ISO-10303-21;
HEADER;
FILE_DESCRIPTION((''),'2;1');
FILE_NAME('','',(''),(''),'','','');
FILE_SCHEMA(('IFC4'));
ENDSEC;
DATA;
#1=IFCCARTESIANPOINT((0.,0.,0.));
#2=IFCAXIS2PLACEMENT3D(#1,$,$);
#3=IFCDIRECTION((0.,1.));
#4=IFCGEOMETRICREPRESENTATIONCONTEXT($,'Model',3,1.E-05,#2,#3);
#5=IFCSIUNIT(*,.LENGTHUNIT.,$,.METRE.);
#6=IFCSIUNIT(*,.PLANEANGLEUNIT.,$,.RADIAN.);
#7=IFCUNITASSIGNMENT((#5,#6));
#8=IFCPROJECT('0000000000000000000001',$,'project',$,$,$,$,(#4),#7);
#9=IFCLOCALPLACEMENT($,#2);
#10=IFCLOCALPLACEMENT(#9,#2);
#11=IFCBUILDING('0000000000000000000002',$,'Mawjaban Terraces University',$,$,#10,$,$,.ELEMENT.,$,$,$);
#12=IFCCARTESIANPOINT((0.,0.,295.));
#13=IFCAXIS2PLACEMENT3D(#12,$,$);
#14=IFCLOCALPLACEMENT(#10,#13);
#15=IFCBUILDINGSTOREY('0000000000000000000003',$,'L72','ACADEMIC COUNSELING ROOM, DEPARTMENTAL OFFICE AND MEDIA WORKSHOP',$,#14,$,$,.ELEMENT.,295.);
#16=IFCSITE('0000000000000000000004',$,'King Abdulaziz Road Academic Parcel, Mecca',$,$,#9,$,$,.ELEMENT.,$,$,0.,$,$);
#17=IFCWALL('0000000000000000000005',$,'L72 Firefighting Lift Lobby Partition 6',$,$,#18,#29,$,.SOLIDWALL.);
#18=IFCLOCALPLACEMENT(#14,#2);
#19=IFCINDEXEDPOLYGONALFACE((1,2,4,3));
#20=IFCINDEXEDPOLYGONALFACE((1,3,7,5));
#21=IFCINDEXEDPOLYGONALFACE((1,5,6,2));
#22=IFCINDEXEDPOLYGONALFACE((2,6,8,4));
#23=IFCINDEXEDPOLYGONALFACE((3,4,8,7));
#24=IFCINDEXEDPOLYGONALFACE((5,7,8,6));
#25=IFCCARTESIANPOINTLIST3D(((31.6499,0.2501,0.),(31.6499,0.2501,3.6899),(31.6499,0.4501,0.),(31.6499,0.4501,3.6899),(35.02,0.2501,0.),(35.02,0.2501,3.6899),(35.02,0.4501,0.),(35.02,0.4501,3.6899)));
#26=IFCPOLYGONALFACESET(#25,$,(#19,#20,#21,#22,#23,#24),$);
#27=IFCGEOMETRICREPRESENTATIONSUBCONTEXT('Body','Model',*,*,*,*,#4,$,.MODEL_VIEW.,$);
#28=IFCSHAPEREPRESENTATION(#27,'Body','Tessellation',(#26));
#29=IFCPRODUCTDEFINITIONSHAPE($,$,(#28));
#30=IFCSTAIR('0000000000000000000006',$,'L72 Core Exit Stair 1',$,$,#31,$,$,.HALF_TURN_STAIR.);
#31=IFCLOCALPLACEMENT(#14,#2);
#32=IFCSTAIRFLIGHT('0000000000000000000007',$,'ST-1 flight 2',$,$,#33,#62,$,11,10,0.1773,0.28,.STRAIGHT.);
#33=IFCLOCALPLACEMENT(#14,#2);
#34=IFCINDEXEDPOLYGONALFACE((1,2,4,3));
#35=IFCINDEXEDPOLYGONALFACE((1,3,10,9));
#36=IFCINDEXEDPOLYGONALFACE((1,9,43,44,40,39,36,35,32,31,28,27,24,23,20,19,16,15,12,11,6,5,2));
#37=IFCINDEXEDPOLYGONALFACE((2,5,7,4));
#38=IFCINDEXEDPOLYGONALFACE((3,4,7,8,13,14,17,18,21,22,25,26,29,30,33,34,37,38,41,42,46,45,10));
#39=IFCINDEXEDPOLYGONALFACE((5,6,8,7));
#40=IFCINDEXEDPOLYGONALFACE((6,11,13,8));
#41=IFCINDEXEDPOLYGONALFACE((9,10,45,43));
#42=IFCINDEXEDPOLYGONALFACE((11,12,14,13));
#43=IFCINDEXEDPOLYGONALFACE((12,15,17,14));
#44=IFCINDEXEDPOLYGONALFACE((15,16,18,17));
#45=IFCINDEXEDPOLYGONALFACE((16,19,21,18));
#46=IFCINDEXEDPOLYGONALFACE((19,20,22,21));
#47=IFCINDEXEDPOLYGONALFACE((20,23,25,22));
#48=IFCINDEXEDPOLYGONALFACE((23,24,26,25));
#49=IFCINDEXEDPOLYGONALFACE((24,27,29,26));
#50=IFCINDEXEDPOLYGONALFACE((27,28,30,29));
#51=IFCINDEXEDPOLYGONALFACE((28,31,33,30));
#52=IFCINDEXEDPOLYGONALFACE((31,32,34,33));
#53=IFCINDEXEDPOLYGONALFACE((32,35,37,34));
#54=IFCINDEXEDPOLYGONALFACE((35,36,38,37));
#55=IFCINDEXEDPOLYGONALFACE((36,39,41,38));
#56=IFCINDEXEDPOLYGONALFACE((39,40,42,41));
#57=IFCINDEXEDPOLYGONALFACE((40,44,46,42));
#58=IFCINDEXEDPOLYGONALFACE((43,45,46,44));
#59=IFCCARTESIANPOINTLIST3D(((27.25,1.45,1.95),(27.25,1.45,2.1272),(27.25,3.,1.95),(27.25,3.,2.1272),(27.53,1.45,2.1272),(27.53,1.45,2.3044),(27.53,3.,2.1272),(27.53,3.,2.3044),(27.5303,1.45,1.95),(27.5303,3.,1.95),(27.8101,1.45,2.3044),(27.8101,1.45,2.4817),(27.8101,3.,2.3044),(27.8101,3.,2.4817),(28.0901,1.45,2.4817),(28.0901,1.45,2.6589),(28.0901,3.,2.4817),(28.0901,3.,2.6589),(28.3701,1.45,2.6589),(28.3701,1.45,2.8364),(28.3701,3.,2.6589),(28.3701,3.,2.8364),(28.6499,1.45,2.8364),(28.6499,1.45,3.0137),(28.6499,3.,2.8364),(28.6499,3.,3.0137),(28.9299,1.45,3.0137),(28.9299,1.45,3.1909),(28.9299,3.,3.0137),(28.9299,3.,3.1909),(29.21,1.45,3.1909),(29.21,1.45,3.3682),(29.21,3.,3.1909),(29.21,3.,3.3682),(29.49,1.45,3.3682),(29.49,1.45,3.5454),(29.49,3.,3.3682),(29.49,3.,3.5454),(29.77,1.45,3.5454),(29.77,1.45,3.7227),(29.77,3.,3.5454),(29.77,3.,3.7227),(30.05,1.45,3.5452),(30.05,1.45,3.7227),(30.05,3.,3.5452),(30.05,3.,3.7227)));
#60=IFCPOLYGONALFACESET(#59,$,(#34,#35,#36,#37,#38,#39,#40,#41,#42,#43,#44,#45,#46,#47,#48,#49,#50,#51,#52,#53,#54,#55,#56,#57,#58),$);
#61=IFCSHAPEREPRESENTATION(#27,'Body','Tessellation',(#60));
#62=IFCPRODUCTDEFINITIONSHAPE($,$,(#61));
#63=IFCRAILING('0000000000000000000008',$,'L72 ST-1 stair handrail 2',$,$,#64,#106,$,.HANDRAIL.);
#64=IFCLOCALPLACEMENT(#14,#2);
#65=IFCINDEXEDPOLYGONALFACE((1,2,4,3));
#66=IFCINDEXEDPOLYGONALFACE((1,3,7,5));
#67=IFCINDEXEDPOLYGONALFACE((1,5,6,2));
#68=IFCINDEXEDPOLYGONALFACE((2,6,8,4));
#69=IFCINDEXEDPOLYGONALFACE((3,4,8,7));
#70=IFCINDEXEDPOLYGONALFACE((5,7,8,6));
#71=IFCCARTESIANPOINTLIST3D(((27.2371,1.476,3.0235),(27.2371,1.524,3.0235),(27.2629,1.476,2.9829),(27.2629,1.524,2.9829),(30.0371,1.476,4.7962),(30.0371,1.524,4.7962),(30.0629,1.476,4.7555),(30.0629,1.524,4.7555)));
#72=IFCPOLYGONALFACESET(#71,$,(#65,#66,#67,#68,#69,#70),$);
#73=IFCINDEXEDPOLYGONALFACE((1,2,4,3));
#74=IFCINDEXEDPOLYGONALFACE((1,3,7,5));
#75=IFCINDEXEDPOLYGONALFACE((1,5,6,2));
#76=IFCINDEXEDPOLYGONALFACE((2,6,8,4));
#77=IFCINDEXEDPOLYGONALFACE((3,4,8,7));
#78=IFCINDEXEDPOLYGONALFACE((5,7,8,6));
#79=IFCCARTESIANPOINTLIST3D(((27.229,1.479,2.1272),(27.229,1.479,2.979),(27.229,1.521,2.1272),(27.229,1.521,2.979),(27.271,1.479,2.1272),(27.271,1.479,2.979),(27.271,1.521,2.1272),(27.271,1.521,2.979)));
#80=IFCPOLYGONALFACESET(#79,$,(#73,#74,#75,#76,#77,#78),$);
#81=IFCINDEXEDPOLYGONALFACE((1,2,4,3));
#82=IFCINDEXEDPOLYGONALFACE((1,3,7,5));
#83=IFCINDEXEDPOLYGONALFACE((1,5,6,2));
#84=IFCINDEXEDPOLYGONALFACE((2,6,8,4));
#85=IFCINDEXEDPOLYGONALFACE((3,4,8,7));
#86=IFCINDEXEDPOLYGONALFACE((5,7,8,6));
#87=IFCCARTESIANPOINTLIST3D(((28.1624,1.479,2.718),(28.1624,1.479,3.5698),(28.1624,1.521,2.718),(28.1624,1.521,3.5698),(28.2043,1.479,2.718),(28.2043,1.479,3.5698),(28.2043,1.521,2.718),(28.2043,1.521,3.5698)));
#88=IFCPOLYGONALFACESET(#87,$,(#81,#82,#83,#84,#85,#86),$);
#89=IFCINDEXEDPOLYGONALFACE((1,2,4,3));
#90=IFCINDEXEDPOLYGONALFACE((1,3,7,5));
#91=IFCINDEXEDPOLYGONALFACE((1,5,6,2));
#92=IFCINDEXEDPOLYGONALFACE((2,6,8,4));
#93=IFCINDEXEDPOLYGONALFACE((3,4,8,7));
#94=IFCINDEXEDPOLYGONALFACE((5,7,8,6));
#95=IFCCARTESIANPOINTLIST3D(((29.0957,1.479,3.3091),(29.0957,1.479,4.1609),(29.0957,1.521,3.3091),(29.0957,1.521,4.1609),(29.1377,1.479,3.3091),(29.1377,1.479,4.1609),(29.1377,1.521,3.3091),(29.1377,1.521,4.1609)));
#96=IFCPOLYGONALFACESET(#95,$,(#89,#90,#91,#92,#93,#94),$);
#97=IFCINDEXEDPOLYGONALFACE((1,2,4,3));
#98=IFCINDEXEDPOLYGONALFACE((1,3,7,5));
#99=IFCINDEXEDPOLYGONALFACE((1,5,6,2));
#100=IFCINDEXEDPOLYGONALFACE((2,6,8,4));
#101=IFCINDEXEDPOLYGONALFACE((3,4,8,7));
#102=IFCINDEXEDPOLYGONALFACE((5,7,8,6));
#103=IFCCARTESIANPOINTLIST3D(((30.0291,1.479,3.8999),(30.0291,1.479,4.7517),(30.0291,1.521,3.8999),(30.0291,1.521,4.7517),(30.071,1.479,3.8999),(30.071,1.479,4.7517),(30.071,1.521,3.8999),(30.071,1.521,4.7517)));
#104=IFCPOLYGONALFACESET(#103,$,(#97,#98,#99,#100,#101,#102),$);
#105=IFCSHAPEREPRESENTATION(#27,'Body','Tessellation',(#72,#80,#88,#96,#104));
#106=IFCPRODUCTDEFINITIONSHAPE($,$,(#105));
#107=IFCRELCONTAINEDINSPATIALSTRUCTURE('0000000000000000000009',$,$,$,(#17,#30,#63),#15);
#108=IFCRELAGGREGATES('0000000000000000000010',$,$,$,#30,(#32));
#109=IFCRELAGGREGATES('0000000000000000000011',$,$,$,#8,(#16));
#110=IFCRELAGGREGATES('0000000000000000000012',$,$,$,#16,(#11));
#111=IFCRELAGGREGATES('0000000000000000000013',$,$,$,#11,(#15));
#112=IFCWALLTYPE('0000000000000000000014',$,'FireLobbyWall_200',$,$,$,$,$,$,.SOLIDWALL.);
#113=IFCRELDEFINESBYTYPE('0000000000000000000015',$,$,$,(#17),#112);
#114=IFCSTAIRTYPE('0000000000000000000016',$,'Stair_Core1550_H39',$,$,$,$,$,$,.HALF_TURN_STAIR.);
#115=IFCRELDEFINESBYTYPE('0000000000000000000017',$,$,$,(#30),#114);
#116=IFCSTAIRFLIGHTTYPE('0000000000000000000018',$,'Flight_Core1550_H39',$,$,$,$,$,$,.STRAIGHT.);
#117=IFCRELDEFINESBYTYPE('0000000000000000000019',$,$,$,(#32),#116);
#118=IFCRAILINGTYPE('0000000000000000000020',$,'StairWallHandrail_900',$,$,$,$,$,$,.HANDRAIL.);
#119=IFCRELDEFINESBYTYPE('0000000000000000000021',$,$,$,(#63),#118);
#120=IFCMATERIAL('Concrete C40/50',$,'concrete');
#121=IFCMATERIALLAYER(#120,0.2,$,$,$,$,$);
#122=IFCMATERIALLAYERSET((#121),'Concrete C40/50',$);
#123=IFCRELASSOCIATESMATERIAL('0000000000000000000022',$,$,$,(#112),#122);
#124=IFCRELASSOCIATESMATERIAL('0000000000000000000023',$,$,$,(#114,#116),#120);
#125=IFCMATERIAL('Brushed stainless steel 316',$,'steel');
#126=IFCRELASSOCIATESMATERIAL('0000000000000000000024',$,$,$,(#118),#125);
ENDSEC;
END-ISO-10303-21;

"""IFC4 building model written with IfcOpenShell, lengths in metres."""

from ifc_helpers import new_model, si_unit, direction, frame, frame_2d, origin, origin_2d, place, context, subcontext, project, spatial, polyline, rectangle, outline, extrude, material, layer, layer_set, type_object, element, aggregate, save


model = new_model("IFC4")

# Units and contexts
model_context = context("Model", 3, precision=1e-05, world=origin(), true_north=direction((0.0, 1.0)))
body_context = subcontext(model_context, "Body", "Model", "MODEL_VIEW")
ifc_project = project(units=[si_unit("LENGTHUNIT", "METRE"), si_unit("PLANEANGLEUNIT", "RADIAN")], contexts=[model_context])

# Site, building, storey
site_placement = place(None, origin())
site = spatial("IfcSite", under=ifc_project, at=site_placement, Name="King Abdulaziz Road Academic Parcel, Mecca", CompositionType="ELEMENT", RefElevation=0.0)
building_placement = place(site_placement, origin())
building = spatial("IfcBuilding", under=site, at=building_placement, Name="Mawjaban Terraces University", CompositionType="ELEMENT")
storey_placement = place(building_placement, frame((0.0, 0.0, 295.0)))
storey = spatial("IfcBuildingStorey", under=building, at=storey_placement, Name="L72", Description="ACADEMIC COUNSELING ROOM, DEPARTMENTAL OFFICE AND MEDIA WORKSHOP", CompositionType="ELEMENT", Elevation=295.0)

# Shared definitions
ifc_material_1 = material(Name="Concrete C40/50", Category="concrete")
ifc_layer_1 = layer(ifc_material_1, 0.2)
ifc_layer_set_1 = layer_set([ifc_layer_1], Name="Concrete C40/50")
wall_type_1 = type_object("IfcWallType", Name="FireLobbyWall_200", PredefinedType="SOLIDWALL", material=ifc_layer_set_1)

# Wall
wall_1_placement = place(storey_placement, frame((31.6499, 0.3501, 0.0), z_axis=(0.0, 0.0, 1.0), x_axis=(1.0, 0.0, 0.0)))
element("IfcWall", 1, at=wall_1_placement, inside=storey, type_object=wall_type_1, Name="L72 Firefighting Lift Lobby Partition 6", PredefinedType="SOLIDWALL", context=body_context, shape_type="SweptSolid", body=[
    extrude(rectangle(XDim=3.3701, YDim=0.2, at=frame_2d((1.6851, 0.0))), origin(), (0.0, 0.0, 1.0), 3.6899),
])

# Stair, stair flight
stair_type = type_object("IfcStairType", Name="Stair_Core1550_H39", PredefinedType="HALF_TURN_STAIR", material=ifc_material_1)
stair_placement = place(storey_placement, origin())
stair = element("IfcStair", 2, at=stair_placement, inside=storey, type_object=stair_type, Name="L72 Core Exit Stair 1", PredefinedType="HALF_TURN_STAIR")
stair_flight_type = type_object("IfcStairFlightType", Name="Flight_Core1550_H39", PredefinedType="STRAIGHT", material=ifc_material_1)
stair_flight_placement = place(storey_placement, frame((27.25, 2.2251, 1.95), z_axis=(0.0, 0.0, 1.0), x_axis=(1.0, 0.0, 0.0)))
stair_flight = element("IfcStairFlight", 3, at=stair_flight_placement, type_object=stair_flight_type, Name="ST-1 flight 2", NumberOfRisers=11, NumberOfTreads=10, PredefinedType="STRAIGHT", RiserHeight=0.1773, TreadLength=0.28, context=body_context, shape_type="SweptSolid", body=[
    extrude(outline(polyline([(0.0, 0.0), (0.0, 0.1772), (0.28, 0.1772), (0.28, 0.3545), (0.5601, 0.3545), (0.5601, 0.5317), (0.8401, 0.5317), (0.8401, 0.709), (1.1201, 0.709), (1.1201, 0.8865), (1.3999, 0.8865), (1.3999, 1.0637), (1.6799, 1.0637), (1.6799, 1.241), (1.96, 1.241), (1.96, 1.4182), (2.24, 1.4182), (2.24, 1.5955), (2.52, 1.5955), (2.52, 1.7727), (2.8, 1.7727), (2.8, 1.95), (2.8, 1.5952), (0.2803, 0.0), (0.0, 0.0)])), frame((0.0, 0.7749, 0.0), z_axis=(0.0, -1.0, 0.0), x_axis=(1.0, 0.0, 0.0)), (0.0, 0.0, 1.0), 1.55),
])
aggregate(stair, [stair_flight])

# Railing
ifc_material_2 = material(Name="Brushed stainless steel 316", Category="steel")
railing_type = type_object("IfcRailingType", Name="StairWallHandrail_900", PredefinedType="HANDRAIL", material=ifc_material_2)
railing_placement = place(storey_placement, frame((27.25, 1.5, 2.1272)))
element("IfcRailing", 4, at=railing_placement, inside=storey, type_object=railing_type, Name="L72 ST-1 stair handrail 2", PredefinedType="HANDRAIL", context=body_context, shape_type="SweptSolid", body=[
    extrude(rectangle(XDim=0.0481, YDim=0.0481, at=origin_2d()), frame((0.0, 0.0, 0.876), z_axis=(0.844909, 0.0, 0.53491), x_axis=(0.0, 1.0, 0.0)), (0.0, 0.0, 1.0), 3.314),
    extrude(rectangle(XDim=0.042, YDim=0.042, at=origin_2d()), origin(), (0.0, 0.0, 1.0), 0.8518),
    extrude(rectangle(XDim=0.042, YDim=0.042, at=origin_2d()), frame((0.9333, 0.0, 0.5908)), (0.0, 0.0, 1.0), 0.8518),
    extrude(rectangle(XDim=0.042, YDim=0.042, at=origin_2d()), frame((1.8667, 0.0, 1.1819)), (0.0, 0.0, 1.0), 0.8518),
    extrude(rectangle(XDim=0.042, YDim=0.042, at=origin_2d()), frame((2.8, 0.0, 1.7727)), (0.0, 0.0, 1.0), 0.8518),
])

save(model, "model.ifc")
